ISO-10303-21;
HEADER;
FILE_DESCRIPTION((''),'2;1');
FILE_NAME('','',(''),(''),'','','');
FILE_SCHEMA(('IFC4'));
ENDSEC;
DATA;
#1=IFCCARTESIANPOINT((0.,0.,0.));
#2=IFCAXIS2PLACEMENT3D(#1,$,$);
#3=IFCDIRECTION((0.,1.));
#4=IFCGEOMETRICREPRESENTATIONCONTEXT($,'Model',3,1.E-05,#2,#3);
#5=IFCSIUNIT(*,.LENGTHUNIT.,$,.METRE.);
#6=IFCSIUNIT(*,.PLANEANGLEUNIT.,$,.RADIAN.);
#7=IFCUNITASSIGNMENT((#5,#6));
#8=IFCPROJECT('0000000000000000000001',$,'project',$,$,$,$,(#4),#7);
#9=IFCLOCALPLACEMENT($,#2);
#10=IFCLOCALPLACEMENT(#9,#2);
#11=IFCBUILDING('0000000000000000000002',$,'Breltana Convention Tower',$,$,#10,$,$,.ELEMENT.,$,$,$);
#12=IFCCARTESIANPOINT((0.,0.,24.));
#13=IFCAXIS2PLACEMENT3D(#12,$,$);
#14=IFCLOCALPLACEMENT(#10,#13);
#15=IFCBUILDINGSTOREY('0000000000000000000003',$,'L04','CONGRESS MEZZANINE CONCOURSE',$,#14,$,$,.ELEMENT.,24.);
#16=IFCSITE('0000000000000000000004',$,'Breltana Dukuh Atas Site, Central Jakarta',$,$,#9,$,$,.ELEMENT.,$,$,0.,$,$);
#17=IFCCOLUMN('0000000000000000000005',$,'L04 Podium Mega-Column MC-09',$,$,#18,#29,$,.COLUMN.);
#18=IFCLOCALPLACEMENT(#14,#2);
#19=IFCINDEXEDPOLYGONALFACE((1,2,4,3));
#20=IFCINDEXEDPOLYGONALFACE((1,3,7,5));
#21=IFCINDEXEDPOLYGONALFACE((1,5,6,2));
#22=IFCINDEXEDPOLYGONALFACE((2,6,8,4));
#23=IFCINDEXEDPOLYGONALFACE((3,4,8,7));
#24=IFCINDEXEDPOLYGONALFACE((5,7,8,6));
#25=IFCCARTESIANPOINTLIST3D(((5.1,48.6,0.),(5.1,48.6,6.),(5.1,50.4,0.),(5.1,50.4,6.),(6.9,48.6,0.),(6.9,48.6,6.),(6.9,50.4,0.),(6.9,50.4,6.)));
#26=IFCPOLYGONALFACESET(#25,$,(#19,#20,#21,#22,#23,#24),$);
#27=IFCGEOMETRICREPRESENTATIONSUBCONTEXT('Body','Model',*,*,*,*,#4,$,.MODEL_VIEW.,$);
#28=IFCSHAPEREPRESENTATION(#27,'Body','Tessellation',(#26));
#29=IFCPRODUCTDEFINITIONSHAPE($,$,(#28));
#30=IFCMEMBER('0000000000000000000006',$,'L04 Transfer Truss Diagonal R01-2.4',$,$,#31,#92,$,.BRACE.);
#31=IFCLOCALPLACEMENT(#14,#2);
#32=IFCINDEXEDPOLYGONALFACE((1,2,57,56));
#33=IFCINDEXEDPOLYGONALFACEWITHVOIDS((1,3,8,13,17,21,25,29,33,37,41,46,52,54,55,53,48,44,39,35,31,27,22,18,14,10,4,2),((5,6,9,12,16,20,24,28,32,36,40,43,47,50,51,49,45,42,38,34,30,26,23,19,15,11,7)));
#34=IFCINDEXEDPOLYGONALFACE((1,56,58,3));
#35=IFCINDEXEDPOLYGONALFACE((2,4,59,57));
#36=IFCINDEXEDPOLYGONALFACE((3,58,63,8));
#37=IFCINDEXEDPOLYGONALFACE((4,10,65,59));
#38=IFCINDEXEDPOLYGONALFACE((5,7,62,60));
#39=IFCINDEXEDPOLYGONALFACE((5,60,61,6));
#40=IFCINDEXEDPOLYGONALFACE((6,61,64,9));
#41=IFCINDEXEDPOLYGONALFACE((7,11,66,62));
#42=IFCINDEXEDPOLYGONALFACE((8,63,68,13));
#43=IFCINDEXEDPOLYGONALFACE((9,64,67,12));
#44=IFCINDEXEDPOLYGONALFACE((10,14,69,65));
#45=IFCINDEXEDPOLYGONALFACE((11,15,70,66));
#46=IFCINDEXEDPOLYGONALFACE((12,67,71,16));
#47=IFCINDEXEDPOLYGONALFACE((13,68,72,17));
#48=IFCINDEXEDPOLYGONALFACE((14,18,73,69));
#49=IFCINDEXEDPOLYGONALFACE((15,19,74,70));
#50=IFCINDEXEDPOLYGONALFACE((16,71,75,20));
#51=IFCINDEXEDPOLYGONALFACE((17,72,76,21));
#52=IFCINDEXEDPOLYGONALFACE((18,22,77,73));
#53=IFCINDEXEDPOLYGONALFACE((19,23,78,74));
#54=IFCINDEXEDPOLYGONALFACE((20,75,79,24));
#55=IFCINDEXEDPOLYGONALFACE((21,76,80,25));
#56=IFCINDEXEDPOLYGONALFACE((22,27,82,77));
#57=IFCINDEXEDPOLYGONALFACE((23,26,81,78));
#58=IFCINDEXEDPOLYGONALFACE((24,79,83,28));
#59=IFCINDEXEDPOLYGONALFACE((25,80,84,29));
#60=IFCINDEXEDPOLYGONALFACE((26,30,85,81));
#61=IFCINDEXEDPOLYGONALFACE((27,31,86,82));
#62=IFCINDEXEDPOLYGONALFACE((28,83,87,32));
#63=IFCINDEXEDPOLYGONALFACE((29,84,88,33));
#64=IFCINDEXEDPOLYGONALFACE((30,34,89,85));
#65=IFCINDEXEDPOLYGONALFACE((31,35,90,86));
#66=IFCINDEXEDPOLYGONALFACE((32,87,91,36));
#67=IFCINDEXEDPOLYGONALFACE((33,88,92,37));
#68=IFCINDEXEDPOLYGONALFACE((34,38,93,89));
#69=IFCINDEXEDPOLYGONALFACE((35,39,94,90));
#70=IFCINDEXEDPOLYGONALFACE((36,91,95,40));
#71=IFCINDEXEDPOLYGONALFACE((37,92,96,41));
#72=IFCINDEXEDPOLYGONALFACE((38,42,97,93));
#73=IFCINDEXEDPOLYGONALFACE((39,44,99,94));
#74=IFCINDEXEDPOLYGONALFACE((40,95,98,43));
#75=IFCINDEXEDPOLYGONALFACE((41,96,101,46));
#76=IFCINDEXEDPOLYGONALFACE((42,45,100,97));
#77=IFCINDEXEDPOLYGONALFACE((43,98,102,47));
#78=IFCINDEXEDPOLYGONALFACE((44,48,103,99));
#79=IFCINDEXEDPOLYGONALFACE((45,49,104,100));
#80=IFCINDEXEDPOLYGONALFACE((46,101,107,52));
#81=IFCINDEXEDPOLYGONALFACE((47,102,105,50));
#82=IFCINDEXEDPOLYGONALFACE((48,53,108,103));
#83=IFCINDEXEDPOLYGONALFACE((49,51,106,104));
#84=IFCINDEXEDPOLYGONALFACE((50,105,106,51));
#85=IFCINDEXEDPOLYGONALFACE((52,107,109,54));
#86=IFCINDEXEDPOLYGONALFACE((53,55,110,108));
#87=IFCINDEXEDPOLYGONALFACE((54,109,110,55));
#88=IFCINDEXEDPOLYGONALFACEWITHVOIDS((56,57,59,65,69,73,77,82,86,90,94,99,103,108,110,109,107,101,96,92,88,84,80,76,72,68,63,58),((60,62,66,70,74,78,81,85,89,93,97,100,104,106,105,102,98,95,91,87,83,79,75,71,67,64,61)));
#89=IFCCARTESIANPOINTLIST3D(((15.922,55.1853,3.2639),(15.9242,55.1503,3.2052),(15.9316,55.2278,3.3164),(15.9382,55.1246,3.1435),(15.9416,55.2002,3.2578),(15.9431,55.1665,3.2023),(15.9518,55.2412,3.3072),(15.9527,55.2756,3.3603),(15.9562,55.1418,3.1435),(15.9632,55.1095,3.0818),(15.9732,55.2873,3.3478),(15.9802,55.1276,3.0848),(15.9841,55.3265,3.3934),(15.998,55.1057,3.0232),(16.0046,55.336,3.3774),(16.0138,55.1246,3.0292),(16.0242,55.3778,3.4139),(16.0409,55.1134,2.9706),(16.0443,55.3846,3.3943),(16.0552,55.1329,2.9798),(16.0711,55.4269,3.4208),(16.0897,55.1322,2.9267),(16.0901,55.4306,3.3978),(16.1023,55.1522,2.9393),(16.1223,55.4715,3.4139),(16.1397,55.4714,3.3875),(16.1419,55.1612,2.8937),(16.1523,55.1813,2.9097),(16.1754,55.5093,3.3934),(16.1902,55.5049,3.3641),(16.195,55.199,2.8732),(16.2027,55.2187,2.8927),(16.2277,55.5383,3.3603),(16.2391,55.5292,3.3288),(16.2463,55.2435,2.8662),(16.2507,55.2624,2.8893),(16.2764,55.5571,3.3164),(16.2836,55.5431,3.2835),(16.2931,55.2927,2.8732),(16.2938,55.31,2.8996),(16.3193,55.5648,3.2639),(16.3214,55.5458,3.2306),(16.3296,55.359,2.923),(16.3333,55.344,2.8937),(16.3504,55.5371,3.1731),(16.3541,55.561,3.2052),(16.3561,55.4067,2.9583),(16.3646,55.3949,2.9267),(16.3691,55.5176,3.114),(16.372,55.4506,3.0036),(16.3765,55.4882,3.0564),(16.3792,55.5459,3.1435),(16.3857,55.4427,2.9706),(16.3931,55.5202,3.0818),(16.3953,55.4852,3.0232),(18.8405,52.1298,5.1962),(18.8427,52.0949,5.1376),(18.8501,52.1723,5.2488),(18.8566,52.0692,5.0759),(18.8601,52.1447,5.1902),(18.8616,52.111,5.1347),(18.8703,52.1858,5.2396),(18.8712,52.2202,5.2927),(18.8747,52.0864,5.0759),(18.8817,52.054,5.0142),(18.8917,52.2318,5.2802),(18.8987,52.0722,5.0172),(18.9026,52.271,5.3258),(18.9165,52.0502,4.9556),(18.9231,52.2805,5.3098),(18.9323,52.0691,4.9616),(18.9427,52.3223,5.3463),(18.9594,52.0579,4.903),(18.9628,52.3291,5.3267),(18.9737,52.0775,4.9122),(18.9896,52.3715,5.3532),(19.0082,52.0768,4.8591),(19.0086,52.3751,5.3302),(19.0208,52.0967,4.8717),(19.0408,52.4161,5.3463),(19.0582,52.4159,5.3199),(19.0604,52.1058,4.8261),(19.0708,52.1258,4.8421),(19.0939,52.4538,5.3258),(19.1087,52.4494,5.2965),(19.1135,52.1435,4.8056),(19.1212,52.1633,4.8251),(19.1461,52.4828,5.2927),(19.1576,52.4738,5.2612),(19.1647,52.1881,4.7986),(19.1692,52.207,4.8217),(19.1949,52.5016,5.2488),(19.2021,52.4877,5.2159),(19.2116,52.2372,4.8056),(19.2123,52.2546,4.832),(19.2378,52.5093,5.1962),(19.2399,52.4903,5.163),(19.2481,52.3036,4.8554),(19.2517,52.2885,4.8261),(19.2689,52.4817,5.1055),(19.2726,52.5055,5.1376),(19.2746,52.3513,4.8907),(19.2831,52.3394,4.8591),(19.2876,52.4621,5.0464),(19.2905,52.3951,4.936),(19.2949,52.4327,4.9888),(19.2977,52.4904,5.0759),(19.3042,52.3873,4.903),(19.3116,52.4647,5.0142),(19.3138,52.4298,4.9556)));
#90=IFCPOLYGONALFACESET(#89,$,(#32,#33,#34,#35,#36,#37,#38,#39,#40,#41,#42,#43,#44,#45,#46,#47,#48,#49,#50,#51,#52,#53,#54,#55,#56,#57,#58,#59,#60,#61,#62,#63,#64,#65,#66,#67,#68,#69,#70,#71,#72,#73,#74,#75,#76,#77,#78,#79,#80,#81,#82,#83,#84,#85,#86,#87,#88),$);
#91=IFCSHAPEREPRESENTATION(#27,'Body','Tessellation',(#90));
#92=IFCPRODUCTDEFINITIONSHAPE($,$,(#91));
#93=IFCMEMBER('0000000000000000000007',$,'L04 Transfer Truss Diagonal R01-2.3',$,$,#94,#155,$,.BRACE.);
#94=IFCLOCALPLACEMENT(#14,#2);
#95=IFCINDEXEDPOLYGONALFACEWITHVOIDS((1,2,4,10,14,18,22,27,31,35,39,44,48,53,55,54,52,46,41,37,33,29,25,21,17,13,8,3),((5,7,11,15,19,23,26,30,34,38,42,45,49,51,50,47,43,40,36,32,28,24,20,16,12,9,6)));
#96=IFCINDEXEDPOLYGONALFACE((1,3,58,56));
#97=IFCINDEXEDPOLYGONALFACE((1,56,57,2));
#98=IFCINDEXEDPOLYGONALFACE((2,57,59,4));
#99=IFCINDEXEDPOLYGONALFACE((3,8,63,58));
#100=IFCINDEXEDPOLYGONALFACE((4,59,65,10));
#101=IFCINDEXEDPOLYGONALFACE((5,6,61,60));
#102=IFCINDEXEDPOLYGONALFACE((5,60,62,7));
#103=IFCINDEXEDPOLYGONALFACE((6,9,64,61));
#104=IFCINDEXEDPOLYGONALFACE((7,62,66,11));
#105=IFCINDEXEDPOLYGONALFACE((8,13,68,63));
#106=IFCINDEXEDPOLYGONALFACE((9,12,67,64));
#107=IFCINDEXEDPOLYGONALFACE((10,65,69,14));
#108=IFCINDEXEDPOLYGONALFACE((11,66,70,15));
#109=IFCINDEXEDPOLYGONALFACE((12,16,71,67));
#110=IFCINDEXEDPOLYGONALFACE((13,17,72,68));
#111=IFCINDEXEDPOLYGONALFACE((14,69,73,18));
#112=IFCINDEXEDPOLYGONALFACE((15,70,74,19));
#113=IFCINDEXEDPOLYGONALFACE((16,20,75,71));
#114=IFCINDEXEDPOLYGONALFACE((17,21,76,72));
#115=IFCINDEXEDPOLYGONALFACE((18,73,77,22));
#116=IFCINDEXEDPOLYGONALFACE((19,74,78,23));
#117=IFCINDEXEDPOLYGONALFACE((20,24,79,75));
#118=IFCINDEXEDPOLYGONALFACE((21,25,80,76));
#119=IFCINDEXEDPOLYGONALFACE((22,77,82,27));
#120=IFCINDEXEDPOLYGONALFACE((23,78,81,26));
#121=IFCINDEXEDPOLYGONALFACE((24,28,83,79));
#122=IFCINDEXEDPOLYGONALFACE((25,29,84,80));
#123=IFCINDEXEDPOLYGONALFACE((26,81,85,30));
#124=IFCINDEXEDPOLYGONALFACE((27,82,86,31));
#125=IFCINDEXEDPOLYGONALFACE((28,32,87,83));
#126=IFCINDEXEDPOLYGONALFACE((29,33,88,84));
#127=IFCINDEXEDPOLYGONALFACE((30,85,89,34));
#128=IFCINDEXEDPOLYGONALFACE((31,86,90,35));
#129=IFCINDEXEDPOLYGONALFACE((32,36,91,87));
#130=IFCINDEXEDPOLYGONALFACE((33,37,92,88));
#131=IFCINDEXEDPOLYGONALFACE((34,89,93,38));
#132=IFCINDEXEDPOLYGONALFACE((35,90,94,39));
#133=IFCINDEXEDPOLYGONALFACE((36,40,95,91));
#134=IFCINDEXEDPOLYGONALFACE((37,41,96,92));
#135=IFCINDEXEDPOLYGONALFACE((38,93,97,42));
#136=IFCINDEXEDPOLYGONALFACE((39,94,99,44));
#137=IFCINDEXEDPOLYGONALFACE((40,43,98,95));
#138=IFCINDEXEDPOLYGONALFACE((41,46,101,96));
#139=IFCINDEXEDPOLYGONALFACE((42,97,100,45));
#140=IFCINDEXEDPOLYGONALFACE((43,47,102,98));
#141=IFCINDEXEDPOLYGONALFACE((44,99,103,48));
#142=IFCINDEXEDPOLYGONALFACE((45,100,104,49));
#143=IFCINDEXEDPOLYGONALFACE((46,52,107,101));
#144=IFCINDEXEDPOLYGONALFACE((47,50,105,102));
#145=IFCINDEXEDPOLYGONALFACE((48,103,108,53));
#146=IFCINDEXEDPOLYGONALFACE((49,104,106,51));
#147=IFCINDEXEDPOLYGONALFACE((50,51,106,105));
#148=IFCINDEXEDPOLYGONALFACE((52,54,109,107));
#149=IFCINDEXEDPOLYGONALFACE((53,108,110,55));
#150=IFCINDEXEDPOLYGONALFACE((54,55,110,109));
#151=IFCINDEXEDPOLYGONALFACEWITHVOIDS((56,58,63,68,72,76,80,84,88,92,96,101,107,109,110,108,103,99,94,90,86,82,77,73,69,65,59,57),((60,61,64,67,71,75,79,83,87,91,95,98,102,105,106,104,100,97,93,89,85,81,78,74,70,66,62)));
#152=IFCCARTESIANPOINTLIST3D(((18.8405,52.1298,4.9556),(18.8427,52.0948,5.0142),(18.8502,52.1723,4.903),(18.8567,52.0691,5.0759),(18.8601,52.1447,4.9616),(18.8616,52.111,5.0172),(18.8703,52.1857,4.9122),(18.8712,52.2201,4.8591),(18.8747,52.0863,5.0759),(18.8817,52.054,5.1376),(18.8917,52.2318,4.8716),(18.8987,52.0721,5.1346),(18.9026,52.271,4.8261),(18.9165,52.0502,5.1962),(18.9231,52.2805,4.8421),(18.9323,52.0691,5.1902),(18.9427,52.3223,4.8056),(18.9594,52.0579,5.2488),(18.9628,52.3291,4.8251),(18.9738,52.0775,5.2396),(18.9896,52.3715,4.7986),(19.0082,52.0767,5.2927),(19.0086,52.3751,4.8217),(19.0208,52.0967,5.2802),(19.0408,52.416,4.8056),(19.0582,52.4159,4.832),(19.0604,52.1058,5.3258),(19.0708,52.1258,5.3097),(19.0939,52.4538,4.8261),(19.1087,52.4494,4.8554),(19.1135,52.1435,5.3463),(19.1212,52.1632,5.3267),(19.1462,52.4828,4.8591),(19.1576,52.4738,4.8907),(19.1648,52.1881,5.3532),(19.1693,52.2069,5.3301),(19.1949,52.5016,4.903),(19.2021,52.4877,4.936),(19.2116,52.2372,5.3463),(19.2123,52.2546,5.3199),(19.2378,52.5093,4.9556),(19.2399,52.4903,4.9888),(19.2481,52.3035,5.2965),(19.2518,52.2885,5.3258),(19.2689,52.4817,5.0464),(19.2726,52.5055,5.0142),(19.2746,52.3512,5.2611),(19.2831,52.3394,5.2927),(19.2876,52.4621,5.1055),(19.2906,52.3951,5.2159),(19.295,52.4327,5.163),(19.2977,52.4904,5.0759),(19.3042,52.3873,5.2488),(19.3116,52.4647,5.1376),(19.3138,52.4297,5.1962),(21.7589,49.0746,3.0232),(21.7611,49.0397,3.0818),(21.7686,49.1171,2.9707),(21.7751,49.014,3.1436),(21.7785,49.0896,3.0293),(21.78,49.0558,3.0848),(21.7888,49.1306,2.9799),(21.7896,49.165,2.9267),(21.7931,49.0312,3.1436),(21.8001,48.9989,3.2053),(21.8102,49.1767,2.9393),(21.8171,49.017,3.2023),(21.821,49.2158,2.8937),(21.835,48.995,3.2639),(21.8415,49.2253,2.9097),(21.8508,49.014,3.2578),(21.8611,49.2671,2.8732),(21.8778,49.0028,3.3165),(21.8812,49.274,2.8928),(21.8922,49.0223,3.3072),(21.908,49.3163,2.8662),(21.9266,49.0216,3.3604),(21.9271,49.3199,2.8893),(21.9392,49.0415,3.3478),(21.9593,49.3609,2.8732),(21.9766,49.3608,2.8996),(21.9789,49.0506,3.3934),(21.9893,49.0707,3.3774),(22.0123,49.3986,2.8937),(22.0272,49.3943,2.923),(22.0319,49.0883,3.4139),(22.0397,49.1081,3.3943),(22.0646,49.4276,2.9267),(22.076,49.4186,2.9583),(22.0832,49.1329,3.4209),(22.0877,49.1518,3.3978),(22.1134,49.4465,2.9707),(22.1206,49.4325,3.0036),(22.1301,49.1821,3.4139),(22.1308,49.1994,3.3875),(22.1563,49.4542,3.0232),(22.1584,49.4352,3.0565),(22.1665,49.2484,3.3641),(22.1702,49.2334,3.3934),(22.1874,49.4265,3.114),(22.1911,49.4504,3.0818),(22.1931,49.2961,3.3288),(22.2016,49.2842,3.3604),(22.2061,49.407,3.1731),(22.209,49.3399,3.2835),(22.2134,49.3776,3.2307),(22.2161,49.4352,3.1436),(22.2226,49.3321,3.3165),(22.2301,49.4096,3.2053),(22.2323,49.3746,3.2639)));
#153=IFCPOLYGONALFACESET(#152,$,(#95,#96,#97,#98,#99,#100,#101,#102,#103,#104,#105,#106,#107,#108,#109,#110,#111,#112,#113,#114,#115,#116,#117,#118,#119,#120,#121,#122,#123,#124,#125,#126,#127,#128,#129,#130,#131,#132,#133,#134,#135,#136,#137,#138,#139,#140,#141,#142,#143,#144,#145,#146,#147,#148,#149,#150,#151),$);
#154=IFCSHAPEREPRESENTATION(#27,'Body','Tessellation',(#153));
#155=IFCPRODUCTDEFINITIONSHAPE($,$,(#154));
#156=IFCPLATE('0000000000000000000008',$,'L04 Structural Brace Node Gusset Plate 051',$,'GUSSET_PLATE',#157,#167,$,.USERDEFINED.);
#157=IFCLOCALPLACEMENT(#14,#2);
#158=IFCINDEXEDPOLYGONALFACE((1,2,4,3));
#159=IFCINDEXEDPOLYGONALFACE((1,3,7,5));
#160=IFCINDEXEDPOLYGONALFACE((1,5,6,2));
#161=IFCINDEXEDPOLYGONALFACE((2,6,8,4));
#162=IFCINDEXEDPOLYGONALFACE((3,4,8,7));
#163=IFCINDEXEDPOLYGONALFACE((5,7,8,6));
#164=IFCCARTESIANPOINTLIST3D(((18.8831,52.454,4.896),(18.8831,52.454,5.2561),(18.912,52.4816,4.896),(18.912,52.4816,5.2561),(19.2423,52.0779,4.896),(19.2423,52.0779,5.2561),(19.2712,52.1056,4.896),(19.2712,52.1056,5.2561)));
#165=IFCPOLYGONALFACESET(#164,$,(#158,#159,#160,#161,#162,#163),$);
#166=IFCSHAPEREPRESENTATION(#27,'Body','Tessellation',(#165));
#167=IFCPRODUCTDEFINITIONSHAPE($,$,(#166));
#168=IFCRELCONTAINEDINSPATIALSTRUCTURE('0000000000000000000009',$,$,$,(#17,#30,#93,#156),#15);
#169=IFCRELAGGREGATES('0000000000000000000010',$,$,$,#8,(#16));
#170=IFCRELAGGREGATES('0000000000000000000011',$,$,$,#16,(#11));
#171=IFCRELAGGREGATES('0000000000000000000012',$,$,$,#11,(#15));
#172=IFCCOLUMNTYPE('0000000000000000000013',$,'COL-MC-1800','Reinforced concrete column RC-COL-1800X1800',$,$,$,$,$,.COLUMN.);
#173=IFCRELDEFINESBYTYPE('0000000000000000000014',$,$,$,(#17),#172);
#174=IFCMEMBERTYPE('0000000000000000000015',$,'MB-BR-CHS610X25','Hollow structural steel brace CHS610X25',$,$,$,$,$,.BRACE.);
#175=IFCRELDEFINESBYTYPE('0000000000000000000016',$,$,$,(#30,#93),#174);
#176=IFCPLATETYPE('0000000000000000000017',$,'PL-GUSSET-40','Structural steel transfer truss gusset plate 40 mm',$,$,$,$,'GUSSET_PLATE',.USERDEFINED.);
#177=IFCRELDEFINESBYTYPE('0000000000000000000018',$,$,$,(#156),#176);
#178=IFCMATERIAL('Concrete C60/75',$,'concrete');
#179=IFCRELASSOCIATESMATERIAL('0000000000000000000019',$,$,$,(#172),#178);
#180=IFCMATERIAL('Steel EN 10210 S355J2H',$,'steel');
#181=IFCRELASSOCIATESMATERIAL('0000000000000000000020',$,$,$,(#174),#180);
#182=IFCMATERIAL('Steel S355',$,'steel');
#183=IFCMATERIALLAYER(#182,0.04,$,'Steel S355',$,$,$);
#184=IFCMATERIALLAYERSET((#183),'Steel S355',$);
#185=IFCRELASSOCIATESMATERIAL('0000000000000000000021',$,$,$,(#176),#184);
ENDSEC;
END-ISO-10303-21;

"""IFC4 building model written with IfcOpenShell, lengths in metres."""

from ifc_helpers import new_model, si_unit, direction, frame, origin, origin_2d, place, context, subcontext, project, spatial, rectangle, hollow_circle, extrude, source, transform, mapped, material, layer, layer_set, material_profile, profile_set, type_object, type_shapes, element, save


model = new_model("IFC4")

# Units and contexts
model_context = context("Model", 3, precision=1e-05, world=origin(), true_north=direction((0.0, 1.0)))
body_context = subcontext(model_context, "Body", "Model", "MODEL_VIEW")
ifc_project = project(units=[si_unit("LENGTHUNIT", "METRE"), si_unit("PLANEANGLEUNIT", "RADIAN")], contexts=[model_context])

# Site, building, storey
site_placement = place(None, origin())
site = spatial("IfcSite", under=ifc_project, at=site_placement, Name="Breltana Dukuh Atas Site, Central Jakarta", CompositionType="ELEMENT", RefElevation=0.0)
building_placement = place(site_placement, origin())
building = spatial("IfcBuilding", under=site, at=building_placement, Name="Breltana Convention Tower", CompositionType="ELEMENT")
storey_placement = place(building_placement, frame((0.0, 0.0, 24.0)))
storey = spatial("IfcBuildingStorey", under=building, at=storey_placement, Name="L04", Description="CONGRESS MEZZANINE CONCOURSE", CompositionType="ELEMENT", Elevation=24.0)

# Column
ifc_material_1 = material(Name="Concrete C60/75", Category="concrete")
ifc_material_profile_1 = material_profile(ifc_material_1, rectangle(XDim=1.8, YDim=1.8, at=origin_2d()), Name="RC-COL-1800X1800")
ifc_profile_set_1 = profile_set([ifc_material_profile_1], Name="Concrete C60/75")
column_type = type_object("IfcColumnType", Name="COL-MC-1800", Description="Reinforced concrete column RC-COL-1800X1800", PredefinedType="COLUMN", material=ifc_profile_set_1)
shared_shape_1 = source(origin(), body_context, "Body", "SweptSolid", [
    extrude(rectangle(XDim=1.8, YDim=1.8, at=origin_2d()), origin(), (0.0, 0.0, 1.0), 6.0),
])
type_shapes(column_type, [shared_shape_1])
column_placement = place(storey_placement, frame((6.0, 49.5, 0.0), z_axis=(0.0, 0.0, 1.0), x_axis=(-1.0, 0.0, 0.0)))
element("IfcColumn", 1, at=column_placement, inside=storey, type_object=column_type, Name="L04 Podium Mega-Column MC-09", PredefinedType="COLUMN", context=body_context, shape_type="MappedRepresentation", body=[
    mapped(shared_shape_1, transform((0.0, 0.0, 0.0), scale=1.0)),
])

# Members
ifc_material_2 = material(Name="Steel EN 10210 S355J2H", Category="steel")
ifc_material_profile_2 = material_profile(ifc_material_2, hollow_circle(Radius=0.3049, WallThickness=0.0249, at=origin_2d()), Name="CHS610X25")
ifc_profile_set_2 = profile_set([ifc_material_profile_2], Name="Steel EN 10210 S355J2H")
member_type = type_object("IfcMemberType", Name="MB-BR-CHS610X25", Description="Hollow structural steel brace CHS610X25", PredefinedType="BRACE", material=ifc_profile_set_2)
shared_shape_2 = source(origin(), body_context, "Body", "SweptSolid", [
    extrude(hollow_circle(Radius=0.3049, WallThickness=0.0249, at=origin_2d()), origin(), (0.0, 0.0, 1.0), 4.6462),
])
type_shapes(member_type, [shared_shape_2])
member_1_placement = place(storey_placement, frame((19.0771, 52.2798, 5.0759), z_axis=(-0.62814, 0.657619, -0.415905), x_axis=(-0.723129, -0.690713, 0.0)))
element("IfcMember", 2, at=member_1_placement, inside=storey, type_object=member_type, Name="L04 Transfer Truss Diagonal R01-2.4", PredefinedType="BRACE", context=body_context, shape_type="MappedRepresentation", body=[
    mapped(shared_shape_2, transform((0.0, 0.0, 0.0), scale=1.0)),
])
shared_shape_3 = source(origin(), body_context, "Body", "SweptSolid", [
    extrude(hollow_circle(Radius=0.3049, WallThickness=0.0249, at=origin_2d()), origin(), (0.0, 0.0, 1.0), 4.646),
])
member_2_placement = place(storey_placement, frame((21.9956, 49.2246, 3.1436), z_axis=(-0.628162, 0.657589, 0.41592), x_axis=(-0.723101, -0.690742, 0.0)))
element("IfcMember", 3, at=member_2_placement, inside=storey, type_object=member_type, Name="L04 Transfer Truss Diagonal R01-2.3", PredefinedType="BRACE", context=body_context, shape_type="MappedRepresentation", body=[
    mapped(shared_shape_3, transform((0.0, 0.0, 0.0), scale=1.0)),
])

# Plate
ifc_material_3 = material(Name="Steel S355", Category="steel")
ifc_layer_1 = layer(ifc_material_3, 0.04, Name="Steel S355")
ifc_layer_set_1 = layer_set([ifc_layer_1], Name="Steel S355")
plate_type = type_object("IfcPlateType", Name="PL-GUSSET-40", Description="Structural steel transfer truss gusset plate 40 mm", ElementType="GUSSET_PLATE", PredefinedType="USERDEFINED", material=ifc_layer_set_1)
shared_shape_4 = source(origin(), body_context, "Body", "SweptSolid", [
    extrude(rectangle(XDim=0.52, YDim=0.04, at=origin_2d()), origin(), (0.0, 0.0, 1.0), 0.3601),
])
plate_placement = place(storey_placement, frame((19.0771, 52.2798, 4.896), z_axis=(0.0, 0.0, 1.0), x_axis=(-0.690756, 0.723088, 0.0)))
element("IfcPlate", 4, at=plate_placement, inside=storey, type_object=plate_type, Name="L04 Structural Brace Node Gusset Plate 051", ObjectType="GUSSET_PLATE", PredefinedType="USERDEFINED", context=body_context, shape_type="MappedRepresentation", body=[
    mapped(shared_shape_4, transform((0.0, 0.0, 0.0), scale=1.0)),
])

save(model, "model.ifc")
